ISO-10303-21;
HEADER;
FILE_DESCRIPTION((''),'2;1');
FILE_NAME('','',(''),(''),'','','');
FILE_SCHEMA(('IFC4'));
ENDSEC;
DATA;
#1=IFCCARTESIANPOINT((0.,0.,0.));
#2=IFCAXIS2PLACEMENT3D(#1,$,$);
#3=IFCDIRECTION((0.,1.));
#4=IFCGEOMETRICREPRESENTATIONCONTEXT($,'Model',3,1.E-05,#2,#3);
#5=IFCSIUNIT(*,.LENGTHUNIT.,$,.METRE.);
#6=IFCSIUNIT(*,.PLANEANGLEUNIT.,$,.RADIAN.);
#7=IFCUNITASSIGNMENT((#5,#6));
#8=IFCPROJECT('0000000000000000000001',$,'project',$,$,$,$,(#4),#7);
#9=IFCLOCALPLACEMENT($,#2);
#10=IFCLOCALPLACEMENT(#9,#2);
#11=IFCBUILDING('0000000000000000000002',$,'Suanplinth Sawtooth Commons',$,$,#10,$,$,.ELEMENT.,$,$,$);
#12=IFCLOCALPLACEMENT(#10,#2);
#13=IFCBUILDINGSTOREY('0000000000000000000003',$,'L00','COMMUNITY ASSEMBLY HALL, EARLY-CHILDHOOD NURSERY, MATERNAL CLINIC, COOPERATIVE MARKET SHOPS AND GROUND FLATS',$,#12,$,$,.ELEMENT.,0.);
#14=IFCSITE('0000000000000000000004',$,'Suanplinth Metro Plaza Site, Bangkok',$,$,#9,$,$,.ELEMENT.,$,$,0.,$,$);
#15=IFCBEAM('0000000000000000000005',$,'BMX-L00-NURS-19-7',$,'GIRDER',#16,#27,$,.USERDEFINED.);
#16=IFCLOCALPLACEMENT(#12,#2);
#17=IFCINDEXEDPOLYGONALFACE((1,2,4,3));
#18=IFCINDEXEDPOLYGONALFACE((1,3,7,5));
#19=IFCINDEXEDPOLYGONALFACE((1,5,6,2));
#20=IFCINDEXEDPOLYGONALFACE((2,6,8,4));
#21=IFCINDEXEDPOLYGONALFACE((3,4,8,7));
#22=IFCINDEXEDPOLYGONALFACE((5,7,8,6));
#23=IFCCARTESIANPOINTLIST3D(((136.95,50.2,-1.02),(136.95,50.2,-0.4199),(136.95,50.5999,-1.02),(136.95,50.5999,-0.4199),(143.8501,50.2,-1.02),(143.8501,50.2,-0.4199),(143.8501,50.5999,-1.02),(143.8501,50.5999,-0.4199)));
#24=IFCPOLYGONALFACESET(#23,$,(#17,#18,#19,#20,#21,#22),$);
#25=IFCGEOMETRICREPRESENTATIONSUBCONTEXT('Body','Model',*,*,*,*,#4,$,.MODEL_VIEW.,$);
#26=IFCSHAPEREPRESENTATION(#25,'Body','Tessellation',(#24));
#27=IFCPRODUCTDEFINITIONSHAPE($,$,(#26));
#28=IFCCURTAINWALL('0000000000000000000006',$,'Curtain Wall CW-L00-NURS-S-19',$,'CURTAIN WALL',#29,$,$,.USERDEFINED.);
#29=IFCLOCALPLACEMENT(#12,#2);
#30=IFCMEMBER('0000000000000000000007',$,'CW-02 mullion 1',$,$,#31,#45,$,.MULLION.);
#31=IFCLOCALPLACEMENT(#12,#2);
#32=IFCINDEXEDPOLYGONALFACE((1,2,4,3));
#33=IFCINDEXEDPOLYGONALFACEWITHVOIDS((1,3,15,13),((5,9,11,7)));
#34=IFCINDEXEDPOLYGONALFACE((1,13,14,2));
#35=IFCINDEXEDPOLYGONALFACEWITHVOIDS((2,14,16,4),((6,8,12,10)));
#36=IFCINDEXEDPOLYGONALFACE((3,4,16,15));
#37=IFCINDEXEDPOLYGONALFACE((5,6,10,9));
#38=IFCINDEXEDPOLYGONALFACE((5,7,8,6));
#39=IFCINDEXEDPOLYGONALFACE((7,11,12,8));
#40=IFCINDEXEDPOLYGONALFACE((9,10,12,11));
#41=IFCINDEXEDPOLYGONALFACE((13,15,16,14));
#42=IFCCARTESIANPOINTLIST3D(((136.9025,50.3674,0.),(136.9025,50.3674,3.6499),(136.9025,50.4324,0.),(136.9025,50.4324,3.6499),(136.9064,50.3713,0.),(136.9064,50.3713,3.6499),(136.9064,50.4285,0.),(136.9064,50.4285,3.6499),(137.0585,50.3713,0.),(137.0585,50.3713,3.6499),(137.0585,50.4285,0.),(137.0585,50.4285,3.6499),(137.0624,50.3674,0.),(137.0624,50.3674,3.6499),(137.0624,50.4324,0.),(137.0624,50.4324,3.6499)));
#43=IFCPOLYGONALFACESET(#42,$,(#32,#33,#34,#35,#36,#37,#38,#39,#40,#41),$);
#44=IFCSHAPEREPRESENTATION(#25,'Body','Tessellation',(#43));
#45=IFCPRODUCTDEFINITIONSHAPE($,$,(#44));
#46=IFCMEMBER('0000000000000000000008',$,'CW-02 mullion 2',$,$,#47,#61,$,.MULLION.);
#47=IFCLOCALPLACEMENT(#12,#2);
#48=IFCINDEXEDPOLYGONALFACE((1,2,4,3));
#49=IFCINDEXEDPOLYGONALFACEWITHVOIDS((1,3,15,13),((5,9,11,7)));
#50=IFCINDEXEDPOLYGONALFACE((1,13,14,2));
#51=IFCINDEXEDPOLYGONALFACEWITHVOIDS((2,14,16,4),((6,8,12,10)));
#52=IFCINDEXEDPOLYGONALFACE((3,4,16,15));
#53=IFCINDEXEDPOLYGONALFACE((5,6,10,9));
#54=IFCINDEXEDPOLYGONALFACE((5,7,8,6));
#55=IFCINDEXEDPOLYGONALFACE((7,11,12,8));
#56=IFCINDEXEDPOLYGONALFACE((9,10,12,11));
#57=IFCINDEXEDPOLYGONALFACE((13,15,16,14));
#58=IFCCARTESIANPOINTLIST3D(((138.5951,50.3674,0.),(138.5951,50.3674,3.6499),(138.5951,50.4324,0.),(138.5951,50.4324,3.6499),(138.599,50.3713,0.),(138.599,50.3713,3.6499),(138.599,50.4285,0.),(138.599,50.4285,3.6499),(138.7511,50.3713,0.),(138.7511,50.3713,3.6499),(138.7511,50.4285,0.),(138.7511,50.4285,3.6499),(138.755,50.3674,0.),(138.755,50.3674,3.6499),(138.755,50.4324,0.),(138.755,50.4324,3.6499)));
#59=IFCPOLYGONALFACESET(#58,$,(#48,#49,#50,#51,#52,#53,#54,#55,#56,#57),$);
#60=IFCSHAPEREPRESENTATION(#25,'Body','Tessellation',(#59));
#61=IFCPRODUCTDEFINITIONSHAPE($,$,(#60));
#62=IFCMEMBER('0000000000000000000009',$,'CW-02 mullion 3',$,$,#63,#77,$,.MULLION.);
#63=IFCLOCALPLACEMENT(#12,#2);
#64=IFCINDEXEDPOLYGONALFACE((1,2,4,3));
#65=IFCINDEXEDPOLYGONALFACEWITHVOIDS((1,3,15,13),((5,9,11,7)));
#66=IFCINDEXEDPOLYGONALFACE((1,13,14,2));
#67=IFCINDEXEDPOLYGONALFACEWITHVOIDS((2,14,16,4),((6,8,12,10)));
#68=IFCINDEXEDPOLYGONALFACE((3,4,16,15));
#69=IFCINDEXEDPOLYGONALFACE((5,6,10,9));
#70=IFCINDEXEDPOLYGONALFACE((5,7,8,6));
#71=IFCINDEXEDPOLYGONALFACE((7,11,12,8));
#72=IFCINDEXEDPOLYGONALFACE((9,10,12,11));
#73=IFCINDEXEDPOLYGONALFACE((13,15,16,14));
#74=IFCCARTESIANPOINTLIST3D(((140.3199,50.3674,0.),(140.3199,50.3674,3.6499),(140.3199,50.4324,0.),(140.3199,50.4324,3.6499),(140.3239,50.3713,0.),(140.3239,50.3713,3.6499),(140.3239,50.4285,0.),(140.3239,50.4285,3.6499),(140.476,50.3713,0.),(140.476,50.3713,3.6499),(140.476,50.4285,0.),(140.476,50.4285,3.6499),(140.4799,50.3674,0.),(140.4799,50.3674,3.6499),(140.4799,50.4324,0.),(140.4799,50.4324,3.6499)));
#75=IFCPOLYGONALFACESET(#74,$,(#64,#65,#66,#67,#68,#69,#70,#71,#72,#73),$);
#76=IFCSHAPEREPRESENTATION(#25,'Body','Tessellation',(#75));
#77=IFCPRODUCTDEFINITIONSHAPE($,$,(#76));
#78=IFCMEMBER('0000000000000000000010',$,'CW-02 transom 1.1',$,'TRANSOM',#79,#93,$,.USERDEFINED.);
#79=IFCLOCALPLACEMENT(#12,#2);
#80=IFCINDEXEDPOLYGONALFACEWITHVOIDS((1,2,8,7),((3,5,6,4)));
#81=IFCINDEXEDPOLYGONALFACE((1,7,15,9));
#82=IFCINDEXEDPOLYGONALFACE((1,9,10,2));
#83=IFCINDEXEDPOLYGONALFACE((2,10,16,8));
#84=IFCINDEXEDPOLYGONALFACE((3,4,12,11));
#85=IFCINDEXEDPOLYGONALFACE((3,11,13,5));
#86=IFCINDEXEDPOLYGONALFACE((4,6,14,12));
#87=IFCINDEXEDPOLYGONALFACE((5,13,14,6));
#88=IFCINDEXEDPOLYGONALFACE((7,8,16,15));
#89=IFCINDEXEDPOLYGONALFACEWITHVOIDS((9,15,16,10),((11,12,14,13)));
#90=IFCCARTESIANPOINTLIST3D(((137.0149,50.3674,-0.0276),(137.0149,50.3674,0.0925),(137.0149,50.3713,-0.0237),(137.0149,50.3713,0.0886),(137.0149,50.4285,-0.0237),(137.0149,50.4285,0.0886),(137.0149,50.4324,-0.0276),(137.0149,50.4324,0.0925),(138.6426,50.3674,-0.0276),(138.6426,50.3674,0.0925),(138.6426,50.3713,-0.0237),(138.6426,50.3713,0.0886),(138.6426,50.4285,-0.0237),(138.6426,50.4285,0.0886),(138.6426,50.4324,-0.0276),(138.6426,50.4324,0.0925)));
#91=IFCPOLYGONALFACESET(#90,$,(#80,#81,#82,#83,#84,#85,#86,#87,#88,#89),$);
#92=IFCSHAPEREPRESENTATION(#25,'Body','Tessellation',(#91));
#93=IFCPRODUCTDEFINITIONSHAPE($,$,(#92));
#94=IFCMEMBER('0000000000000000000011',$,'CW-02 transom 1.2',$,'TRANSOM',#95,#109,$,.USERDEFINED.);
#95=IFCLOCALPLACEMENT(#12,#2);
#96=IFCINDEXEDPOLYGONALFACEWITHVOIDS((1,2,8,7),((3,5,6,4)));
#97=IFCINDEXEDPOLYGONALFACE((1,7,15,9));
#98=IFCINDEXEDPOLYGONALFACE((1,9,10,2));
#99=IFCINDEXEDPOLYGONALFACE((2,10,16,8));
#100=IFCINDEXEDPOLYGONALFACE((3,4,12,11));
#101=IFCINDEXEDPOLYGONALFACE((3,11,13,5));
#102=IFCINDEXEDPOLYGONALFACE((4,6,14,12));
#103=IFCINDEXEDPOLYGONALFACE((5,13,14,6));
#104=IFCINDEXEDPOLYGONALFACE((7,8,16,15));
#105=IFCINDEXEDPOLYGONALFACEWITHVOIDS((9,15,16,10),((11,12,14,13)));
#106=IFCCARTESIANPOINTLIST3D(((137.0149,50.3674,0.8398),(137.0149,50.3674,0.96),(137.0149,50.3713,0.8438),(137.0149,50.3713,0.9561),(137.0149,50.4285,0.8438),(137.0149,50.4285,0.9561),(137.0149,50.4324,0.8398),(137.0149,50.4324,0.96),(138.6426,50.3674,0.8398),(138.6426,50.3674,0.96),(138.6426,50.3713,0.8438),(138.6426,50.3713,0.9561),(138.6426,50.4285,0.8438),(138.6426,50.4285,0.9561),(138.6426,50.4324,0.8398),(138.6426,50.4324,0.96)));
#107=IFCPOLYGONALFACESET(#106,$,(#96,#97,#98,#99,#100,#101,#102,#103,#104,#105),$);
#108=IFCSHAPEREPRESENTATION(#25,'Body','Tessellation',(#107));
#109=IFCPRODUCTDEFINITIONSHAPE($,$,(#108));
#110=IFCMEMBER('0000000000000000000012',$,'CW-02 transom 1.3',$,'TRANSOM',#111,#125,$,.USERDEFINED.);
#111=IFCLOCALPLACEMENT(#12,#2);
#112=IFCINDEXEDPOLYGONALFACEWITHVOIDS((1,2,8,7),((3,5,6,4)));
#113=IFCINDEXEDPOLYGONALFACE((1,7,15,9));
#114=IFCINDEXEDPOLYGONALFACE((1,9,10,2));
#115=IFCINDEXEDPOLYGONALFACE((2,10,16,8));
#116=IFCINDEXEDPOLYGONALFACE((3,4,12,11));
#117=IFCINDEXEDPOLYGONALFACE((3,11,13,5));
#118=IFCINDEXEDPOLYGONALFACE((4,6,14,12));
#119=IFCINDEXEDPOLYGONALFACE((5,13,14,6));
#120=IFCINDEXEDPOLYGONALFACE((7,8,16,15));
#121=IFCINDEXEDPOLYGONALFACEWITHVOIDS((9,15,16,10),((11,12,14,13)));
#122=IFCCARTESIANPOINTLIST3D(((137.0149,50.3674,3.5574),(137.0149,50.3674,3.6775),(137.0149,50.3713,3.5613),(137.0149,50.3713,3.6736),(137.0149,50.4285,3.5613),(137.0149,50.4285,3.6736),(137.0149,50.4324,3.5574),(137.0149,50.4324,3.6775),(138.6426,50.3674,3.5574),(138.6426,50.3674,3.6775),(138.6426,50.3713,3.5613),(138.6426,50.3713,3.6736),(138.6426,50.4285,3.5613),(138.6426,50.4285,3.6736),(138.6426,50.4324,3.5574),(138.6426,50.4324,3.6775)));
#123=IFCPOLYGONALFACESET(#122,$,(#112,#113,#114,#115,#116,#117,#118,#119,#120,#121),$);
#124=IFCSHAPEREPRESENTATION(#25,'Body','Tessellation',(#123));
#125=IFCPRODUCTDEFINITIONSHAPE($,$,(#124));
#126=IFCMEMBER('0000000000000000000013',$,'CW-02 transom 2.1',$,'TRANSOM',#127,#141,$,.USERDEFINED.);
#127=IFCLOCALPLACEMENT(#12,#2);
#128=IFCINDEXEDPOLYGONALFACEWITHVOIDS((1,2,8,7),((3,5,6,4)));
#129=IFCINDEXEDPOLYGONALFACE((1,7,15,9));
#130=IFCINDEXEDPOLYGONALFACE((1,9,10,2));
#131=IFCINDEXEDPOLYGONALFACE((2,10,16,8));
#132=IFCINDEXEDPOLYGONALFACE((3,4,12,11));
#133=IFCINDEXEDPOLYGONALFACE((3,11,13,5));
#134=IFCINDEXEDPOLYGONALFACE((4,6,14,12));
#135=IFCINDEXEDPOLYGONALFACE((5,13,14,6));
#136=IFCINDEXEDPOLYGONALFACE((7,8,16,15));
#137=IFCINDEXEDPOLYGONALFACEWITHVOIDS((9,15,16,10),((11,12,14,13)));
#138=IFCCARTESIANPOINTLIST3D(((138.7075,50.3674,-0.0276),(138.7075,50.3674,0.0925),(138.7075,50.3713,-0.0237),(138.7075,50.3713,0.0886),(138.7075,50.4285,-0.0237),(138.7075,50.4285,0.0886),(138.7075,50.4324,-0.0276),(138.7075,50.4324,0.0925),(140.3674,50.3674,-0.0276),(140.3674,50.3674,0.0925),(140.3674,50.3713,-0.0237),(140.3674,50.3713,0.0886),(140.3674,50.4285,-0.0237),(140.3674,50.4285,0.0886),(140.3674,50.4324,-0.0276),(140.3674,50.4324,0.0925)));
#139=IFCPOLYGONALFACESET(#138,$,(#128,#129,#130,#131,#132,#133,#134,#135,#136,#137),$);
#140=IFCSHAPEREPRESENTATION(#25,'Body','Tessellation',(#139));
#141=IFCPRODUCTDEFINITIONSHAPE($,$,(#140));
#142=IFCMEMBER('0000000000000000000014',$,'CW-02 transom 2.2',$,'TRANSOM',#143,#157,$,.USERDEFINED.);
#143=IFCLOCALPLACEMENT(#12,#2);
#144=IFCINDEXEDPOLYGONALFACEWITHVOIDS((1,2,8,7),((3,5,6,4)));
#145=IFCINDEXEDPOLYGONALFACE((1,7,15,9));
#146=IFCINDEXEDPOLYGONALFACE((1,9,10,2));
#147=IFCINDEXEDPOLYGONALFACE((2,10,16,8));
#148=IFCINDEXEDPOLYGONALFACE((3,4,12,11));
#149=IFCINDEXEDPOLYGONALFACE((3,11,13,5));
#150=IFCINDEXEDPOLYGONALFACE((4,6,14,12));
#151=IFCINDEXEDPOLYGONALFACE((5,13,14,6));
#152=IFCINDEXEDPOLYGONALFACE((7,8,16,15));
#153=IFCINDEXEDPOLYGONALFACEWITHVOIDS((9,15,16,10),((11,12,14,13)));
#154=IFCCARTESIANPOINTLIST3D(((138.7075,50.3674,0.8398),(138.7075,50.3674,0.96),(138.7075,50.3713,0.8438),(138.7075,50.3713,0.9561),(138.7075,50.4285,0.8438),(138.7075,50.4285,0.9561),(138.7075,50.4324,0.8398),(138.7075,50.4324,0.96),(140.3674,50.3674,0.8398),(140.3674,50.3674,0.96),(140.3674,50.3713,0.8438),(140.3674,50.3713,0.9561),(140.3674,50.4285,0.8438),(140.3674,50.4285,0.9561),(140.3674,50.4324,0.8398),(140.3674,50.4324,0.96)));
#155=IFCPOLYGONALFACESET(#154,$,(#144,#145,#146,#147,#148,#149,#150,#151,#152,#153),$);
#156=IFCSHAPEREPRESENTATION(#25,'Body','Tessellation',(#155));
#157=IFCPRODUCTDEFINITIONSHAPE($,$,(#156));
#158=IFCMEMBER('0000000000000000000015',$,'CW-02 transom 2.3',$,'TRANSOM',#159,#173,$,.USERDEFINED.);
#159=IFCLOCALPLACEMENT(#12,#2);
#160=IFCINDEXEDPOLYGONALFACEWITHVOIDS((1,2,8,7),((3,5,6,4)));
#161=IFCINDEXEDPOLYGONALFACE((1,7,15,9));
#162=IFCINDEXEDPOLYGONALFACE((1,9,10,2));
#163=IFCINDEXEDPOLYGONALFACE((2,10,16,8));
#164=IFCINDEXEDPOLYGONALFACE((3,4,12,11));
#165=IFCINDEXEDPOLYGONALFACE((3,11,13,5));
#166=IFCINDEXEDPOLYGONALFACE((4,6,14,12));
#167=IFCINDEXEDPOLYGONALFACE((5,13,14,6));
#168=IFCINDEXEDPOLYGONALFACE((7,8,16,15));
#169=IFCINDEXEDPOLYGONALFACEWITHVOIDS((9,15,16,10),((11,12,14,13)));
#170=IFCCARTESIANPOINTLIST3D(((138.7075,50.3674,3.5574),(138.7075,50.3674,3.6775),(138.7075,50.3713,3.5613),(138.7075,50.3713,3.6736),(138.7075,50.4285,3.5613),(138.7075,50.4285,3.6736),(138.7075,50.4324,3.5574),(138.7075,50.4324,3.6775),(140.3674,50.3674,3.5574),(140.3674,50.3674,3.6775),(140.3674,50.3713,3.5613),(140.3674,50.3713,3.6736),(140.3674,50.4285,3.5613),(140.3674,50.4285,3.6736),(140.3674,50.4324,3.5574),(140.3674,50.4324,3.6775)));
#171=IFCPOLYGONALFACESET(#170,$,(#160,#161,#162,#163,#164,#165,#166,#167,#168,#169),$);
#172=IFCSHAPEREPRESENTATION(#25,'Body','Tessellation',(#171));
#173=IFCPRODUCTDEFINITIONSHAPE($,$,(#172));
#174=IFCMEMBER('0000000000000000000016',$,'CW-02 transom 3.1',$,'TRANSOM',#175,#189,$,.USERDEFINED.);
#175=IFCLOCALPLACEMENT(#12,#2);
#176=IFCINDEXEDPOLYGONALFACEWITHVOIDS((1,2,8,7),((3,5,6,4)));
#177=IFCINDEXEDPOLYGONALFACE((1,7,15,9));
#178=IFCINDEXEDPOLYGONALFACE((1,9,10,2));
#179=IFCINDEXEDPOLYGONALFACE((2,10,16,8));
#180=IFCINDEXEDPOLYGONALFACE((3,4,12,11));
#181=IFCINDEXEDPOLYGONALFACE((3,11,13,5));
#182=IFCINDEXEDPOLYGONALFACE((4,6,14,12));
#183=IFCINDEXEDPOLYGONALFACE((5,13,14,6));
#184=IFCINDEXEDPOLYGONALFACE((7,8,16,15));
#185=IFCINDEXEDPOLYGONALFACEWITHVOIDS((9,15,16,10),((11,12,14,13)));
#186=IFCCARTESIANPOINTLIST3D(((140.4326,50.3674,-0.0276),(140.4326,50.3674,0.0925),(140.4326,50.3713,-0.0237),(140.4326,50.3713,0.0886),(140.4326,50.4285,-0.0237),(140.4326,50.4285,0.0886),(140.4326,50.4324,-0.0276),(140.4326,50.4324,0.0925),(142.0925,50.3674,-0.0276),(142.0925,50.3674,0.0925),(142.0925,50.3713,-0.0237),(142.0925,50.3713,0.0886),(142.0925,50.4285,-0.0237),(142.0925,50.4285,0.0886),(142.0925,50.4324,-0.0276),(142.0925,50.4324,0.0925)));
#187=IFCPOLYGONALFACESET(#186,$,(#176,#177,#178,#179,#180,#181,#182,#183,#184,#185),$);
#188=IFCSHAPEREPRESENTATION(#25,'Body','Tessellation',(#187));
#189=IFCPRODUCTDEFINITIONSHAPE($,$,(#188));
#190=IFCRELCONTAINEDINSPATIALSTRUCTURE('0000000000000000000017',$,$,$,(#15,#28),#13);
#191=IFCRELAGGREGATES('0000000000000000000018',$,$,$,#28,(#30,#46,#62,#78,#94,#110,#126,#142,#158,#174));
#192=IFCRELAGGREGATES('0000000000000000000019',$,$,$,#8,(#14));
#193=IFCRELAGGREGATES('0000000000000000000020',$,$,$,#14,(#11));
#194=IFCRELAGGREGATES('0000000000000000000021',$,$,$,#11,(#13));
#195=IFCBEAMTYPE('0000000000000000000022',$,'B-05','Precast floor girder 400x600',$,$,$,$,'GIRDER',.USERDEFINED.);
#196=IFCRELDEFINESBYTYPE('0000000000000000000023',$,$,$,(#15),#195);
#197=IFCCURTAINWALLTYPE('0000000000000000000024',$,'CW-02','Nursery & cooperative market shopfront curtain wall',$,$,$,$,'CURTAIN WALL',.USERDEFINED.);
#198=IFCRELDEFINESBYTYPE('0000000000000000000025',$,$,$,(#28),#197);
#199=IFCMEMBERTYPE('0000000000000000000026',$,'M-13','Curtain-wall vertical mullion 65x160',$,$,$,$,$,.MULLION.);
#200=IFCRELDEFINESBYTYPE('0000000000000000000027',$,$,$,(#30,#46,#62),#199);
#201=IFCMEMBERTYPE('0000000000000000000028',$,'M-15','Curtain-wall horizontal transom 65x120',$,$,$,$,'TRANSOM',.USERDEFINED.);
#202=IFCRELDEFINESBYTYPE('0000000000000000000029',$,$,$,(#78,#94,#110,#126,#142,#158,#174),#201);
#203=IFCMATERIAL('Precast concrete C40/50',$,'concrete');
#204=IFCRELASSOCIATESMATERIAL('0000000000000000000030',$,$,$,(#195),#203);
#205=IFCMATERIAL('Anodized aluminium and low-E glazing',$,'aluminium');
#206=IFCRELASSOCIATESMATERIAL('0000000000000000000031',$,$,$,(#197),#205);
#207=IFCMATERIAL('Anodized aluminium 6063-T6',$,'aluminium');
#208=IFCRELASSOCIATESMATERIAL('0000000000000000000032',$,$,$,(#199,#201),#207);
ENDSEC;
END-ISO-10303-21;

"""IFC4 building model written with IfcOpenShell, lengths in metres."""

from ifc_helpers import new_model, si_unit, direction, frame, origin, origin_2d, place, context, subcontext, project, spatial, rectangle, hollow_rectangle, extrude, material, material_profile, profile_set, type_object, element, aggregate, save


model = new_model("IFC4")

# Units and contexts
model_context = context("Model", 3, precision=1e-05, world=origin(), true_north=direction((0.0, 1.0)))
body_context = subcontext(model_context, "Body", "Model", "MODEL_VIEW")
ifc_project = project(units=[si_unit("LENGTHUNIT", "METRE"), si_unit("PLANEANGLEUNIT", "RADIAN")], contexts=[model_context])

# Site, building, storey
site_placement = place(None, origin())
site = spatial("IfcSite", under=ifc_project, at=site_placement, Name="Suanplinth Metro Plaza Site, Bangkok", CompositionType="ELEMENT", RefElevation=0.0)
building_placement = place(site_placement, origin())
building = spatial("IfcBuilding", under=site, at=building_placement, Name="Suanplinth Sawtooth Commons", CompositionType="ELEMENT")
storey_placement = place(building_placement, origin())
storey = spatial("IfcBuildingStorey", under=building, at=storey_placement, Name="L00", Description="COMMUNITY ASSEMBLY HALL, EARLY-CHILDHOOD NURSERY, MATERNAL CLINIC, COOPERATIVE MARKET SHOPS AND GROUND FLATS", CompositionType="ELEMENT", Elevation=0.0)

# Beam
ifc_material_1 = material(Name="Precast concrete C40/50", Category="concrete")
ifc_material_profile_1 = material_profile(ifc_material_1, rectangle(XDim=0.3999, YDim=0.6001, at=origin_2d()), Name="PC-GDR 400x600")
ifc_profile_set_1 = profile_set([ifc_material_profile_1], Name="Precast concrete C40/50")
beam_type = type_object("IfcBeamType", Name="B-05", Description="Precast floor girder 400x600", ElementType="GIRDER", PredefinedType="USERDEFINED", material=ifc_profile_set_1)
beam_placement = place(storey_placement, frame((136.95, 50.3999, -0.72), z_axis=(1.0, 0.0, 0.0), x_axis=(0.0, 1.0, 0.0)))
element("IfcBeam", 1, at=beam_placement, inside=storey, type_object=beam_type, Name="BMX-L00-NURS-19-7", ObjectType="GIRDER", PredefinedType="USERDEFINED", context=body_context, shape_type="SweptSolid", body=[
    extrude(rectangle(XDim=0.3999, YDim=0.6001, at=origin_2d()), origin(), (0.0, 0.0, 1.0), 6.9001),
])

# Curtain wall, members
ifc_material_2 = material(Name="Anodized aluminium and low-E glazing", Category="aluminium")
curtain_wall_type = type_object("IfcCurtainWallType", Name="CW-02", Description="Nursery & cooperative market shopfront curtain wall", ElementType="CURTAIN WALL", PredefinedType="USERDEFINED", material=ifc_material_2)
curtain_wall_placement = place(storey_placement, origin())
curtain_wall = element("IfcCurtainWall", 2, at=curtain_wall_placement, inside=storey, type_object=curtain_wall_type, Name="Curtain Wall CW-L00-NURS-S-19", ObjectType="CURTAIN WALL", PredefinedType="USERDEFINED")
ifc_material_3 = material(Name="Anodized aluminium 6063-T6", Category="aluminium")
ifc_material_profile_2 = material_profile(ifc_material_3, hollow_rectangle(XDim=0.0649, YDim=0.1599, WallThickness=0.0039, at=origin_2d()), Name="ALU-MUL 65x160")
ifc_profile_set_2 = profile_set([ifc_material_profile_2], Name="Anodized aluminium 6063-T6")
member_type_1 = type_object("IfcMemberType", Name="M-13", Description="Curtain-wall vertical mullion 65x160", PredefinedType="MULLION", material=ifc_profile_set_2)
member_1_placement = place(storey_placement, frame((136.9824, 50.3999, 0.0), z_axis=(0.0, 0.0, 1.0), x_axis=(0.0, 1.0, 0.0)))
member_1 = element("IfcMember", 3, at=member_1_placement, type_object=member_type_1, Name="CW-02 mullion 1", PredefinedType="MULLION", context=body_context, shape_type="SweptSolid", body=[
    extrude(hollow_rectangle(XDim=0.0649, YDim=0.1599, WallThickness=0.0039, at=origin_2d()), origin(), (0.0, 0.0, 1.0), 3.6499),
])
member_2_placement = place(storey_placement, frame((138.675, 50.3999, 0.0), z_axis=(0.0, 0.0, 1.0), x_axis=(0.0, 1.0, 0.0)))
member_2 = element("IfcMember", 4, at=member_2_placement, type_object=member_type_1, Name="CW-02 mullion 2", PredefinedType="MULLION", context=body_context, shape_type="SweptSolid", body=[
    extrude(hollow_rectangle(XDim=0.0649, YDim=0.1599, WallThickness=0.0039, at=origin_2d()), origin(), (0.0, 0.0, 1.0), 3.6499),
])
member_3_placement = place(storey_placement, frame((140.3999, 50.3999, 0.0), z_axis=(0.0, 0.0, 1.0), x_axis=(0.0, 1.0, 0.0)))
member_3 = element("IfcMember", 5, at=member_3_placement, type_object=member_type_1, Name="CW-02 mullion 3", PredefinedType="MULLION", context=body_context, shape_type="SweptSolid", body=[
    extrude(hollow_rectangle(XDim=0.0649, YDim=0.1599, WallThickness=0.0039, at=origin_2d()), origin(), (0.0, 0.0, 1.0), 3.6499),
])
ifc_material_profile_3 = material_profile(ifc_material_3, hollow_rectangle(XDim=0.0649, YDim=0.1201, WallThickness=0.0039, at=origin_2d()), Name="ALU-TRN 65x120")
ifc_profile_set_3 = profile_set([ifc_material_profile_3], Name="Anodized aluminium 6063-T6")
member_type_2 = type_object("IfcMemberType", Name="M-15", Description="Curtain-wall horizontal transom 65x120", ElementType="TRANSOM", PredefinedType="USERDEFINED", material=ifc_profile_set_3)
member_4_placement = place(storey_placement, frame((137.0149, 50.3999, 0.0325), z_axis=(1.0, 0.0, 0.0), x_axis=(0.0, 1.0, 0.0)))
member_4 = element("IfcMember", 6, at=member_4_placement, type_object=member_type_2, Name="CW-02 transom 1.1", ObjectType="TRANSOM", PredefinedType="USERDEFINED", context=body_context, shape_type="SweptSolid", body=[
    extrude(hollow_rectangle(XDim=0.0649, YDim=0.1201, WallThickness=0.0039, at=origin_2d()), origin(), (0.0, 0.0, 1.0), 1.6277),
])
member_5_placement = place(storey_placement, frame((137.0149, 50.3999, 0.8999), z_axis=(1.0, 0.0, 0.0), x_axis=(0.0, 1.0, 0.0)))
member_5 = element("IfcMember", 7, at=member_5_placement, type_object=member_type_2, Name="CW-02 transom 1.2", ObjectType="TRANSOM", PredefinedType="USERDEFINED", context=body_context, shape_type="SweptSolid", body=[
    extrude(hollow_rectangle(XDim=0.0649, YDim=0.1201, WallThickness=0.0039, at=origin_2d()), origin(), (0.0, 0.0, 1.0), 1.6277),
])
member_6_placement = place(storey_placement, frame((137.0149, 50.3999, 3.6174), z_axis=(1.0, 0.0, 0.0), x_axis=(0.0, 1.0, 0.0)))
member_6 = element("IfcMember", 8, at=member_6_placement, type_object=member_type_2, Name="CW-02 transom 1.3", ObjectType="TRANSOM", PredefinedType="USERDEFINED", context=body_context, shape_type="SweptSolid", body=[
    extrude(hollow_rectangle(XDim=0.0649, YDim=0.1201, WallThickness=0.0039, at=origin_2d()), origin(), (0.0, 0.0, 1.0), 1.6277),
])
member_7_placement = place(storey_placement, frame((138.7075, 50.3999, 0.0325), z_axis=(1.0, 0.0, 0.0), x_axis=(0.0, 1.0, 0.0)))
member_7 = element("IfcMember", 9, at=member_7_placement, type_object=member_type_2, Name="CW-02 transom 2.1", ObjectType="TRANSOM", PredefinedType="USERDEFINED", context=body_context, shape_type="SweptSolid", body=[
    extrude(hollow_rectangle(XDim=0.0649, YDim=0.1201, WallThickness=0.0039, at=origin_2d()), origin(), (0.0, 0.0, 1.0), 1.6599),
])
member_8_placement = place(storey_placement, frame((138.7075, 50.3999, 0.8999), z_axis=(1.0, 0.0, 0.0), x_axis=(0.0, 1.0, 0.0)))
member_8 = element("IfcMember", 10, at=member_8_placement, type_object=member_type_2, Name="CW-02 transom 2.2", ObjectType="TRANSOM", PredefinedType="USERDEFINED", context=body_context, shape_type="SweptSolid", body=[
    extrude(hollow_rectangle(XDim=0.0649, YDim=0.1201, WallThickness=0.0039, at=origin_2d()), origin(), (0.0, 0.0, 1.0), 1.6599),
])
member_9_placement = place(storey_placement, frame((138.7075, 50.3999, 3.6174), z_axis=(1.0, 0.0, 0.0), x_axis=(0.0, 1.0, 0.0)))
member_9 = element("IfcMember", 11, at=member_9_placement, type_object=member_type_2, Name="CW-02 transom 2.3", ObjectType="TRANSOM", PredefinedType="USERDEFINED", context=body_context, shape_type="SweptSolid", body=[
    extrude(hollow_rectangle(XDim=0.0649, YDim=0.1201, WallThickness=0.0039, at=origin_2d()), origin(), (0.0, 0.0, 1.0), 1.6599),
])
member_10_placement = place(storey_placement, frame((140.4326, 50.3999, 0.0325), z_axis=(1.0, 0.0, 0.0), x_axis=(0.0, 1.0, 0.0)))
member_10 = element("IfcMember", 12, at=member_10_placement, type_object=member_type_2, Name="CW-02 transom 3.1", ObjectType="TRANSOM", PredefinedType="USERDEFINED", context=body_context, shape_type="SweptSolid", body=[
    extrude(hollow_rectangle(XDim=0.0649, YDim=0.1201, WallThickness=0.0039, at=origin_2d()), origin(), (0.0, 0.0, 1.0), 1.6599),
])
aggregate(curtain_wall, [member_1, member_2, member_3, member_4, member_5, member_6, member_7, member_8, member_9, member_10])

save(model, "model.ifc")
